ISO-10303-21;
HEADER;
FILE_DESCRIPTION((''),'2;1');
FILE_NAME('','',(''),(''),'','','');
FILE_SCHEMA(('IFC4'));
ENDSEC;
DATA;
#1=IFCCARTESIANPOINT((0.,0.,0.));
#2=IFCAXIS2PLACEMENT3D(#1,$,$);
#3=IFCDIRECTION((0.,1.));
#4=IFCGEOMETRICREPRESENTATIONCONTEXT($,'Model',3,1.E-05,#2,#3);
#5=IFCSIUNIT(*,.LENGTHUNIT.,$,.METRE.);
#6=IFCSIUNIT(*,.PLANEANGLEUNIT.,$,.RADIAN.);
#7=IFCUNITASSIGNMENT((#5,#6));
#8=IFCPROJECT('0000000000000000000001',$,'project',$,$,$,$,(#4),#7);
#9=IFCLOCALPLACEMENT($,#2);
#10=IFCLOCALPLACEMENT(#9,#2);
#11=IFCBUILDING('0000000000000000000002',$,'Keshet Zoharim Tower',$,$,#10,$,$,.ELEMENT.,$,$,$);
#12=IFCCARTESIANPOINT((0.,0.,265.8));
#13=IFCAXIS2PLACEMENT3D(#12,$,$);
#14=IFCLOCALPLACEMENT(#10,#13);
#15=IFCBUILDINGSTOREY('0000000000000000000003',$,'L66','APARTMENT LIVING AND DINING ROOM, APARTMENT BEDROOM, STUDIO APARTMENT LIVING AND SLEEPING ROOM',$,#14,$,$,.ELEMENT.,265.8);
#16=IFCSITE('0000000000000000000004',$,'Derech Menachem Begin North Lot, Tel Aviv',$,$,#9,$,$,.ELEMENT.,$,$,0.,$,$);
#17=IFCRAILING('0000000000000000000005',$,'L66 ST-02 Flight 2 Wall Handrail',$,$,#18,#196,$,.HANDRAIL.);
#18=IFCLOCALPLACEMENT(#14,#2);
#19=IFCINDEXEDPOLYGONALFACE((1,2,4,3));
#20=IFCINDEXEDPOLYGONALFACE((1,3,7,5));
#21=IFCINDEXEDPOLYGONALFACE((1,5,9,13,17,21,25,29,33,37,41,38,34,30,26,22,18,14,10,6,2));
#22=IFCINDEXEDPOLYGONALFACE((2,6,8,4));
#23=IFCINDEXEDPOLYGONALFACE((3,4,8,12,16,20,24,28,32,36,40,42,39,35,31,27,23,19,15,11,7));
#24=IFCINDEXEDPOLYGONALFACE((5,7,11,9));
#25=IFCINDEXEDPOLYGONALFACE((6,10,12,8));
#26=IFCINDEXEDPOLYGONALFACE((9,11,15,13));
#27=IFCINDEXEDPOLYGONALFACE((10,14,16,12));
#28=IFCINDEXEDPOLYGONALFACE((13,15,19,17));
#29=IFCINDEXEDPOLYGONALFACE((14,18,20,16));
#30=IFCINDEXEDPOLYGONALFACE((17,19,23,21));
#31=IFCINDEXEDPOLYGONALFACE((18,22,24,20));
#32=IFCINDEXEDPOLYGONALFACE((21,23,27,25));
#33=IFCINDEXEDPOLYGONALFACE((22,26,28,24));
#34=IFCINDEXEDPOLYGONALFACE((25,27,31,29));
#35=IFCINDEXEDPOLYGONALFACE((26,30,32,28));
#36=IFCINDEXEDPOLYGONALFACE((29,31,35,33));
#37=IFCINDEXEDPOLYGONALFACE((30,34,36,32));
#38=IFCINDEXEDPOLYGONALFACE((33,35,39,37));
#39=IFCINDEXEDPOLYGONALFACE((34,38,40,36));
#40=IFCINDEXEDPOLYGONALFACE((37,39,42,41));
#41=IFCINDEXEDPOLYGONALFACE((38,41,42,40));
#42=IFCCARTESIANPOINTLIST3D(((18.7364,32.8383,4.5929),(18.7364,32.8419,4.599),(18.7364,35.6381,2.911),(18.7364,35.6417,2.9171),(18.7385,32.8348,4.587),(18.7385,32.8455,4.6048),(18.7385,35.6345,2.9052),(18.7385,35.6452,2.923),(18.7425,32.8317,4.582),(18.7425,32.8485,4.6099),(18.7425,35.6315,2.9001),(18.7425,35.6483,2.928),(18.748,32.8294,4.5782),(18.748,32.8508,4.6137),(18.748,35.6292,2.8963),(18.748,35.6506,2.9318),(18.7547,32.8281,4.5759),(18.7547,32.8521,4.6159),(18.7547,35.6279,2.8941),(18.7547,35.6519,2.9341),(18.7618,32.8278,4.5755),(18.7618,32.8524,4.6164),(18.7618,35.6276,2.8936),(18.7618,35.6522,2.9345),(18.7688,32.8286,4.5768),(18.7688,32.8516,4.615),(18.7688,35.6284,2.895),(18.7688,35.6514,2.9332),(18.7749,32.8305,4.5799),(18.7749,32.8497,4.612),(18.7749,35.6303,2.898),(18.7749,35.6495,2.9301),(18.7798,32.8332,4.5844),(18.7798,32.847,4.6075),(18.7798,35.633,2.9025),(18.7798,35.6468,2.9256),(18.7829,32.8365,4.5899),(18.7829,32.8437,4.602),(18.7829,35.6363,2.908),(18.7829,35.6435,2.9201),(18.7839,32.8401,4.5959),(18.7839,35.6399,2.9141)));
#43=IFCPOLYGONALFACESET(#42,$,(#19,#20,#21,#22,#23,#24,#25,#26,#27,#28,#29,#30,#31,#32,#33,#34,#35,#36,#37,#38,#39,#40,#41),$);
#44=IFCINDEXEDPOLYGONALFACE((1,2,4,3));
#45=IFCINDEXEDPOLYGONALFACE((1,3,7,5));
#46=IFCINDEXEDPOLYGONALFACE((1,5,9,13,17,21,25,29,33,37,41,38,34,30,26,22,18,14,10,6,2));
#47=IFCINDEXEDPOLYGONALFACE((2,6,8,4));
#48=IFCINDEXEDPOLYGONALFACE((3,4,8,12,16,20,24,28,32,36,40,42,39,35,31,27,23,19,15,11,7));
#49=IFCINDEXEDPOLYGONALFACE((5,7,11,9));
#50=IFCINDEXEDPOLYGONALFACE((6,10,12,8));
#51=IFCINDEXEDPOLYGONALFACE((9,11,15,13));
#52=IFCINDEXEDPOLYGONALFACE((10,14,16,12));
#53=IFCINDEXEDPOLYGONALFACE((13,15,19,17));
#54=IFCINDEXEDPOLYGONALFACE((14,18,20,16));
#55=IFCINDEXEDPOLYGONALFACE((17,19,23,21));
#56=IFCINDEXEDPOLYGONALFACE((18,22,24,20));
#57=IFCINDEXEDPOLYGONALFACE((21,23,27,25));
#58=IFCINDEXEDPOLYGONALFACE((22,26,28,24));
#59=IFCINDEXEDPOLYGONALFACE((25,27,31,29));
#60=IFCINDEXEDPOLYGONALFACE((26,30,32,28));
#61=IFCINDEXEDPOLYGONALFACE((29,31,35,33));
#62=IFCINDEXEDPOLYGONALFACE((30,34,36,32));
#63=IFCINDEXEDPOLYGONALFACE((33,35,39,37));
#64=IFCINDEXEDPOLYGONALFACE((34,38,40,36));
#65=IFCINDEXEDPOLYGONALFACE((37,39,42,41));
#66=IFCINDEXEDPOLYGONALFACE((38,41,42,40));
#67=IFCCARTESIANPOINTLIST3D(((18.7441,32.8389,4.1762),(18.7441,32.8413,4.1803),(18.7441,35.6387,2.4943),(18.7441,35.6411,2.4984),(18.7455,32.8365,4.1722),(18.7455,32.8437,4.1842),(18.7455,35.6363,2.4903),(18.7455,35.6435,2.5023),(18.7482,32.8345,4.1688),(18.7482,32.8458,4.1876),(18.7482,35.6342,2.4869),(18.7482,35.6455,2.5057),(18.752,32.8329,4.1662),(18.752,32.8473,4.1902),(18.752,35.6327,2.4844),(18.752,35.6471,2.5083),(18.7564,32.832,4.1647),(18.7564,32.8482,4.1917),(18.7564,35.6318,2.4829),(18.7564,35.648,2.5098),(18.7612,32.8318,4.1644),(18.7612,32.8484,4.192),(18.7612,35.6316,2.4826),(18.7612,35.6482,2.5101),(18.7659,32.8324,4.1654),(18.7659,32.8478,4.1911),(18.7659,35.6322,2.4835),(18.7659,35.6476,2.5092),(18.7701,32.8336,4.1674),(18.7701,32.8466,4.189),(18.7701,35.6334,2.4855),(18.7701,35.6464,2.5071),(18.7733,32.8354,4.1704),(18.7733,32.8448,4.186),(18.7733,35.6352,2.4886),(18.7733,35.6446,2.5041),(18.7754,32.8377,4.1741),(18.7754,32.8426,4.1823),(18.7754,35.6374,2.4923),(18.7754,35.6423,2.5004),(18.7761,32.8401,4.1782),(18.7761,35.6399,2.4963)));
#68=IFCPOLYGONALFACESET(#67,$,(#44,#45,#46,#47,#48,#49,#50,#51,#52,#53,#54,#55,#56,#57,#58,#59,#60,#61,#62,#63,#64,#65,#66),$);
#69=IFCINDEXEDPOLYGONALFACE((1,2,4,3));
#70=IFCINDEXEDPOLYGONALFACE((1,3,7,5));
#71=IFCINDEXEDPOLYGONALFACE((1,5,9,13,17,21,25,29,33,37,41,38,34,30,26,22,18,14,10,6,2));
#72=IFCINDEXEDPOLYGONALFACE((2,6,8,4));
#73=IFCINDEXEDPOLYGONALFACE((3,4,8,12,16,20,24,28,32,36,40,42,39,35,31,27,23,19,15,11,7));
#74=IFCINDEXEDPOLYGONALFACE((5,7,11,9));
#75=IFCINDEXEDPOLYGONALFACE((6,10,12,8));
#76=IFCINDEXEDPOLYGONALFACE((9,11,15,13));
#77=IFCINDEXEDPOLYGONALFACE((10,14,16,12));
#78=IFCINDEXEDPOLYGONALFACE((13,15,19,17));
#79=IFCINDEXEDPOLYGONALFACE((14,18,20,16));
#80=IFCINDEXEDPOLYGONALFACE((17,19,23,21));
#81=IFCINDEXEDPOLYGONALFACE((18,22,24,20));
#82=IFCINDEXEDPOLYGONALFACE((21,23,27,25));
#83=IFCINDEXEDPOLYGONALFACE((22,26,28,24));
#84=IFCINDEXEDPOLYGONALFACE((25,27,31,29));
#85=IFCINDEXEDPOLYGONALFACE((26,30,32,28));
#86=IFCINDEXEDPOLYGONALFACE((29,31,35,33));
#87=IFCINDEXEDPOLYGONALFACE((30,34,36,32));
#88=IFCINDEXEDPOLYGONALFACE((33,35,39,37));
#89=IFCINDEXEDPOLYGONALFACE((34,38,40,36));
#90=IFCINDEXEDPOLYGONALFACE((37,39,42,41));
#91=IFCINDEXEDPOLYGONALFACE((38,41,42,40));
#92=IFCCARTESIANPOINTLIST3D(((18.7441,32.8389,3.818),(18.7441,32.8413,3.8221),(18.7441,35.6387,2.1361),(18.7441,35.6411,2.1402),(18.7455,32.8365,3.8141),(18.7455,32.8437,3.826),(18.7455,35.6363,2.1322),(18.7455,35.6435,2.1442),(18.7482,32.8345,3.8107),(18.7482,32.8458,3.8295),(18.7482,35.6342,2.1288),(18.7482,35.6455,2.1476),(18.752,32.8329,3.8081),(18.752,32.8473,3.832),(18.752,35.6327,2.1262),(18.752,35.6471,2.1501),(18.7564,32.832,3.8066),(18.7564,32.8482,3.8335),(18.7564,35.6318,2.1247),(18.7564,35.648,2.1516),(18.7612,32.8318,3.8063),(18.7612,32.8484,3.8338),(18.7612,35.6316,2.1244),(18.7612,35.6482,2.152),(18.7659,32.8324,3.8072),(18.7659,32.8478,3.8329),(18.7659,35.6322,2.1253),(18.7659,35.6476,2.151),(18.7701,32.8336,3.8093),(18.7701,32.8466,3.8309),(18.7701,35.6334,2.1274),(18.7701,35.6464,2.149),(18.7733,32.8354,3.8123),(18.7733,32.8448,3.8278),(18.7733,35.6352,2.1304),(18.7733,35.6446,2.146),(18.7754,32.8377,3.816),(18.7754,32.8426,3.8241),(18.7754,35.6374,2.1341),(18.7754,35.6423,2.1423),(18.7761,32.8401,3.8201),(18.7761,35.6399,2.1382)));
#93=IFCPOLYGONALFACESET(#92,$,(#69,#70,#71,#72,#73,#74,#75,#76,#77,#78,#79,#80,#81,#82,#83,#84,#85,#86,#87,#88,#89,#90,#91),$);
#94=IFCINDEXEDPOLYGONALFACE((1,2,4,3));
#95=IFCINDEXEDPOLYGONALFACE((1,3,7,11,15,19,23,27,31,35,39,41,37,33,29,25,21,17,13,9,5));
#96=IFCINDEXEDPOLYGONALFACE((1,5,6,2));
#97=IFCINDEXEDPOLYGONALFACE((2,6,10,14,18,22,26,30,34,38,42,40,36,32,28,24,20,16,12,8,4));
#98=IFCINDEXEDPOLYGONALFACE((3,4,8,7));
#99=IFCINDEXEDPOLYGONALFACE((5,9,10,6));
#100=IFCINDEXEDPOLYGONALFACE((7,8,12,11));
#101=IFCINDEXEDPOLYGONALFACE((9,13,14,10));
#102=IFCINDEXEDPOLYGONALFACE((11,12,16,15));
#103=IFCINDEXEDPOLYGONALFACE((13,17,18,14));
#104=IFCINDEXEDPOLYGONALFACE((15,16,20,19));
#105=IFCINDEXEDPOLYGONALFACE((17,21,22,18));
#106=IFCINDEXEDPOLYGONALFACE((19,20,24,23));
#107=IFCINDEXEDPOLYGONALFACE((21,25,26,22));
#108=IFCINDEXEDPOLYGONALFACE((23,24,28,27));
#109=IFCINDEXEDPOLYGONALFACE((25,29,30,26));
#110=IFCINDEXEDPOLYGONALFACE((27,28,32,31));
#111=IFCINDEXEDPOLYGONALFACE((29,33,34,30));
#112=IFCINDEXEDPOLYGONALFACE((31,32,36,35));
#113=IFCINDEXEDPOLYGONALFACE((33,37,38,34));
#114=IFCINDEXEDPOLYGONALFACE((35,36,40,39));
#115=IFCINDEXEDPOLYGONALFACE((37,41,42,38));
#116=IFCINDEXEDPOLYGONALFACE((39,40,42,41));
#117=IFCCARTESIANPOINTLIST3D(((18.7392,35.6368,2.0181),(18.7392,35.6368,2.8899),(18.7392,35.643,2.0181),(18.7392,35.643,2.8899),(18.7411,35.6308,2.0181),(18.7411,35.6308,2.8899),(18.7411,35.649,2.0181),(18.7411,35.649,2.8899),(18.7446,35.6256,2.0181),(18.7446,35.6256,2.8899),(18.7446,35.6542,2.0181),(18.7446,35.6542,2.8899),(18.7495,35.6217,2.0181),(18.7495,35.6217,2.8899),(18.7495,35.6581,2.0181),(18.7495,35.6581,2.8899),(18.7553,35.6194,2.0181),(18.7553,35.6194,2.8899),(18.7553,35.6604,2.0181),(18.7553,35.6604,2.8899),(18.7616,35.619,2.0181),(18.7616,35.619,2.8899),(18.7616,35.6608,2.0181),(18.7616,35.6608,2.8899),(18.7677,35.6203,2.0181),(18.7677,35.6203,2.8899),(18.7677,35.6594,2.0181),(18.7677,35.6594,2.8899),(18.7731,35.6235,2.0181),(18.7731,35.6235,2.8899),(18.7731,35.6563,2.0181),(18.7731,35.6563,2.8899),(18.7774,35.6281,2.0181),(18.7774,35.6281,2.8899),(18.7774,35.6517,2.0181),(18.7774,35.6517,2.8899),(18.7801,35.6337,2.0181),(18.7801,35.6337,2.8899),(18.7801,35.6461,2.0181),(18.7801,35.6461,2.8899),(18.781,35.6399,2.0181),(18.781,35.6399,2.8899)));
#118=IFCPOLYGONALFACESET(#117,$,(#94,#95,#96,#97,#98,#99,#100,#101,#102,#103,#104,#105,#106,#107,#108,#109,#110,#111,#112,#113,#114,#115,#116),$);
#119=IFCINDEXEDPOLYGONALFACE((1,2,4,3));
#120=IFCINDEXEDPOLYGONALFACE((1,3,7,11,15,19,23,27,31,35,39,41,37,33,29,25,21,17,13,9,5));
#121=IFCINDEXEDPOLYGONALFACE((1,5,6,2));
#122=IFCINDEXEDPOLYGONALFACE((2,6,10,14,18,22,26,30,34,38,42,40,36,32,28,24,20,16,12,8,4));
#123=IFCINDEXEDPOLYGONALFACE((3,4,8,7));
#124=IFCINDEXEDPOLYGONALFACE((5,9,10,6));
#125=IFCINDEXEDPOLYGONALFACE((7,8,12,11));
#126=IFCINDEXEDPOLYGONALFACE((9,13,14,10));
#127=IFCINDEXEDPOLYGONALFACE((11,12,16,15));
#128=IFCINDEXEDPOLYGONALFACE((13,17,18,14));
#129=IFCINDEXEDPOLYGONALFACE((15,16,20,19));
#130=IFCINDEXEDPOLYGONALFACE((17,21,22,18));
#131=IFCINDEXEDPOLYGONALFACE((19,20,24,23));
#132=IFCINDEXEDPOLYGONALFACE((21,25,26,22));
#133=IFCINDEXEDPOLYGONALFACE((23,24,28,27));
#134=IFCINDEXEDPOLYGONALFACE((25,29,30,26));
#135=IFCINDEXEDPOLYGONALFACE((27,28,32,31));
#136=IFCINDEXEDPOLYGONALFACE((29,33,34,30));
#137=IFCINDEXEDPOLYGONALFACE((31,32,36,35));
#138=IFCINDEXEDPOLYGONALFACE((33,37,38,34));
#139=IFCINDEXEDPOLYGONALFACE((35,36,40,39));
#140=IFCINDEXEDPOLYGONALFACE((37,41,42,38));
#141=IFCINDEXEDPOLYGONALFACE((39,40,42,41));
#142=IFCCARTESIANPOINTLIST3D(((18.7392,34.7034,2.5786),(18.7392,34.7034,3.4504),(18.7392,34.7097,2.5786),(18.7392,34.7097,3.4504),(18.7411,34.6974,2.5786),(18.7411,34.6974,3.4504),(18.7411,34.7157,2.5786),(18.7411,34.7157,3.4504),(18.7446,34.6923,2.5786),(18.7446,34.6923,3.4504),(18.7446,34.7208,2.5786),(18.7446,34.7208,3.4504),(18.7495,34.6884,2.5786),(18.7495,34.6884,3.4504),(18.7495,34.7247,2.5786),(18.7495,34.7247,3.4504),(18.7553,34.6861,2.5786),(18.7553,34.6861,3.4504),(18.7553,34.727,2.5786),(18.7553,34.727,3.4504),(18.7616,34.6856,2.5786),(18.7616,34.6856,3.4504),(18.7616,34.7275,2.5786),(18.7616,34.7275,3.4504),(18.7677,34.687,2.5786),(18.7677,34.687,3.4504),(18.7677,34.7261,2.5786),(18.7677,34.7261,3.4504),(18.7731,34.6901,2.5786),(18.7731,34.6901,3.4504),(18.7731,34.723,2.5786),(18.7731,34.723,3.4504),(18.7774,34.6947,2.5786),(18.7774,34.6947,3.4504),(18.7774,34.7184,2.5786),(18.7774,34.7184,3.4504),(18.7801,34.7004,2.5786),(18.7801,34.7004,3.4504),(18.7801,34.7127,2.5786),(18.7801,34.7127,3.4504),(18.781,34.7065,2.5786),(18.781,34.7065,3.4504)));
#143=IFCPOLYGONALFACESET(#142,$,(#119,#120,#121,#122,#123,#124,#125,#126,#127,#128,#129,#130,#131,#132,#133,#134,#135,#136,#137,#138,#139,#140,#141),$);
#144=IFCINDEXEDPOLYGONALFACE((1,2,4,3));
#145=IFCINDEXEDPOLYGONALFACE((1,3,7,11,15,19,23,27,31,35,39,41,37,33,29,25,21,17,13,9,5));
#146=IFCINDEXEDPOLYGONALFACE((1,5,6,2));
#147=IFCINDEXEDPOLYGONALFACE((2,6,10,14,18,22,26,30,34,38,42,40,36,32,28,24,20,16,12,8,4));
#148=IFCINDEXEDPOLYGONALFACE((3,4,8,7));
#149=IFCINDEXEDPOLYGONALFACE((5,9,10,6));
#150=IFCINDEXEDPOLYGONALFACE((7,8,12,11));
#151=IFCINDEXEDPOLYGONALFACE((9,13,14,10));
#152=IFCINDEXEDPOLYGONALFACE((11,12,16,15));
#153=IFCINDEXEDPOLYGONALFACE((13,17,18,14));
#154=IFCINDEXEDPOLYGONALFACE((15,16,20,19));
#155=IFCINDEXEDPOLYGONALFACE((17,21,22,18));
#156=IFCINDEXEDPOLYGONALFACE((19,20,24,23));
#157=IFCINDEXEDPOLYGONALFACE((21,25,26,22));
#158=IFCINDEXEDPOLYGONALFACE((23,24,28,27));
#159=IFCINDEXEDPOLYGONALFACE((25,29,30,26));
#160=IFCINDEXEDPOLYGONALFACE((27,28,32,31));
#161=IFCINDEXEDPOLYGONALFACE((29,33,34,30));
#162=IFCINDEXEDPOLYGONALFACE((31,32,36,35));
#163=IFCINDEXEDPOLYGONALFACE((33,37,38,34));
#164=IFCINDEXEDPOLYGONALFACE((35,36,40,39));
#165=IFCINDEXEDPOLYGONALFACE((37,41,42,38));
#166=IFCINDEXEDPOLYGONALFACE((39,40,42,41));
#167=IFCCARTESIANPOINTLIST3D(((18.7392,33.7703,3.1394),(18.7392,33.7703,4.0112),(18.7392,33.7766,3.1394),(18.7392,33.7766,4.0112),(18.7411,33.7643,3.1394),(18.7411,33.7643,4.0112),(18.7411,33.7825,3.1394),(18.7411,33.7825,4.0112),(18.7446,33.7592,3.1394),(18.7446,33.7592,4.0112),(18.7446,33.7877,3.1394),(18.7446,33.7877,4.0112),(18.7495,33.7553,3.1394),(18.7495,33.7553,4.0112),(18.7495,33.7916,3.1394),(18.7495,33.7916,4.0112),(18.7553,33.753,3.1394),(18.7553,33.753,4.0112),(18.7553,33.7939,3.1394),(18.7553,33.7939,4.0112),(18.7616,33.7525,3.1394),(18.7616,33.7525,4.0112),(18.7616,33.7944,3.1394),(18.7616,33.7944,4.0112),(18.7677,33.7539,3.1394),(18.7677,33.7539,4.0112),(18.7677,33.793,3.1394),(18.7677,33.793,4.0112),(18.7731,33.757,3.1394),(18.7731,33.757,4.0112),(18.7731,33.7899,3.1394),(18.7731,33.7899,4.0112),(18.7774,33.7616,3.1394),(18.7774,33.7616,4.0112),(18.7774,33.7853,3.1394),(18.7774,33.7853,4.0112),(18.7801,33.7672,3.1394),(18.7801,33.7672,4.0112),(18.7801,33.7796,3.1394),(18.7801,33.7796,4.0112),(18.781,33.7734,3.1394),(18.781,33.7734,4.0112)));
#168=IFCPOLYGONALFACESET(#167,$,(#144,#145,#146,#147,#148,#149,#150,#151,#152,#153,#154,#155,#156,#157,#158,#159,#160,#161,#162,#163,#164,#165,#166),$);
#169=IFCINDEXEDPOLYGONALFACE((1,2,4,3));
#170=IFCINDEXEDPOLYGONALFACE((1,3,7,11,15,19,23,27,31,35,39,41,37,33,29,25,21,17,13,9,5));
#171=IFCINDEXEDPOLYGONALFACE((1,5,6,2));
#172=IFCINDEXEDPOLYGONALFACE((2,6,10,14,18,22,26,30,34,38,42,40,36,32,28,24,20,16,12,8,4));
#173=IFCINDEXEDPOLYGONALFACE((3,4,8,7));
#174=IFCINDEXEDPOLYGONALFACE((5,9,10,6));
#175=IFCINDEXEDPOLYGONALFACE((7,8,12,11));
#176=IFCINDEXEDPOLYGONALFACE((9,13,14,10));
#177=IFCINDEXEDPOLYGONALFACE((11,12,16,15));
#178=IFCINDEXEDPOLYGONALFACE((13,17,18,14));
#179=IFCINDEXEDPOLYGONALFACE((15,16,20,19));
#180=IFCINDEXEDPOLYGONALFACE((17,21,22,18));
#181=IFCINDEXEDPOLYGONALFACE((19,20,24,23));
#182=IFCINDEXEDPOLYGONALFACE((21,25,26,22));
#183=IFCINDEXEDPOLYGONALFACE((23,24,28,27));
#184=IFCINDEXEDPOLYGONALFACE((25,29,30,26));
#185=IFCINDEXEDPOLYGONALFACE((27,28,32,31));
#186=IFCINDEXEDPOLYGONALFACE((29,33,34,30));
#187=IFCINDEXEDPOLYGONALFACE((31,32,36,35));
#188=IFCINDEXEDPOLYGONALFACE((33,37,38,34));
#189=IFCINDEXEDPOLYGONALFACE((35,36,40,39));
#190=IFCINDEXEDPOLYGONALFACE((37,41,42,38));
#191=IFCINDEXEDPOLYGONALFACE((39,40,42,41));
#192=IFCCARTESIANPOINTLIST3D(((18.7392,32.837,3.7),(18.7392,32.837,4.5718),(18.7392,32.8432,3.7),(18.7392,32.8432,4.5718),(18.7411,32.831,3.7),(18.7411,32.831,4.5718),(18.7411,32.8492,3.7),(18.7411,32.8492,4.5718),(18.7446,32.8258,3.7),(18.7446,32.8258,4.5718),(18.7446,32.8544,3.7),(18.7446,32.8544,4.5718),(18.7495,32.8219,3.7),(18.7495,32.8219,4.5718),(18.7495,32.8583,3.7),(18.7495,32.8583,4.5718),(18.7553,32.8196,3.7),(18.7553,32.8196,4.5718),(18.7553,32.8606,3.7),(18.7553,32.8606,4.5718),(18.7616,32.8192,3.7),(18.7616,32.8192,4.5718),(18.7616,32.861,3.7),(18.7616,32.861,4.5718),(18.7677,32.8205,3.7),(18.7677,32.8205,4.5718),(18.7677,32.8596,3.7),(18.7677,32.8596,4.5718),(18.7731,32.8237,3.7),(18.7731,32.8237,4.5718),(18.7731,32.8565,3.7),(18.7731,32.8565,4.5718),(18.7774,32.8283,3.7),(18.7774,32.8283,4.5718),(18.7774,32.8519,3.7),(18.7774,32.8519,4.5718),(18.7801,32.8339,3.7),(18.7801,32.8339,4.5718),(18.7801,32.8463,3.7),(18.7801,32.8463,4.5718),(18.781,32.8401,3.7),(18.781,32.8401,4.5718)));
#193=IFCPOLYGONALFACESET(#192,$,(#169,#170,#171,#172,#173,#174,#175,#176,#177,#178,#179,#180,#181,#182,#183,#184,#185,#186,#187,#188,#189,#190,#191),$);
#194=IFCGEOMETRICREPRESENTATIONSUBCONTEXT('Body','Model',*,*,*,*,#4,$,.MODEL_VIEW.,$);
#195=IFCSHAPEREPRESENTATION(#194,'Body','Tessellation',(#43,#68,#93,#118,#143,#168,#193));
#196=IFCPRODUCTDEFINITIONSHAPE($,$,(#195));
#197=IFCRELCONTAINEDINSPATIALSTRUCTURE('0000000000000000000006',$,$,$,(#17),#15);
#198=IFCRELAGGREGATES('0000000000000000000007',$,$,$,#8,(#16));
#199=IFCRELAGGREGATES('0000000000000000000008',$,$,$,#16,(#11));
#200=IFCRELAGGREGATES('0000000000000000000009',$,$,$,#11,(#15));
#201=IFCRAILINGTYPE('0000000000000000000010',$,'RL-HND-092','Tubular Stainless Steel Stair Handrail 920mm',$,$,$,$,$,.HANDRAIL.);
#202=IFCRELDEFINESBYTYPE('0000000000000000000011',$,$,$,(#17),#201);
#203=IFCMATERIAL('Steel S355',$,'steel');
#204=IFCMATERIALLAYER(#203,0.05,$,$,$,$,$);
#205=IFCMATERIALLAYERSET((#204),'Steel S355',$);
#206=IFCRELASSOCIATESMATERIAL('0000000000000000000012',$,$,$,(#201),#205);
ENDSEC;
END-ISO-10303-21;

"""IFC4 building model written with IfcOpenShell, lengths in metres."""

from ifc_helpers import new_model, si_unit, direction, frame, origin, origin_2d, place, context, subcontext, project, spatial, circle, extrude, material, layer, layer_set, type_object, element, save


model = new_model("IFC4")

# Units and contexts
model_context = context("Model", 3, precision=1e-05, world=origin(), true_north=direction((0.0, 1.0)))
body_context = subcontext(model_context, "Body", "Model", "MODEL_VIEW")
ifc_project = project(units=[si_unit("LENGTHUNIT", "METRE"), si_unit("PLANEANGLEUNIT", "RADIAN")], contexts=[model_context])

# Site, building, storey
site_placement = place(None, origin())
site = spatial("IfcSite", under=ifc_project, at=site_placement, Name="Derech Menachem Begin North Lot, Tel Aviv", CompositionType="ELEMENT", RefElevation=0.0)
building_placement = place(site_placement, origin())
building = spatial("IfcBuilding", under=site, at=building_placement, Name="Keshet Zoharim Tower", CompositionType="ELEMENT")
storey_placement = place(building_placement, frame((0.0, 0.0, 265.8)))
storey = spatial("IfcBuildingStorey", under=building, at=storey_placement, Name="L66", Description="APARTMENT LIVING AND DINING ROOM, APARTMENT BEDROOM, STUDIO APARTMENT LIVING AND SLEEPING ROOM", CompositionType="ELEMENT", Elevation=265.8)

# Shared definitions
ifc_material_1 = material(Name="Steel S355", Category="steel")

# Railing
ifc_layer_1 = layer(ifc_material_1, 0.05)
ifc_layer_set_1 = layer_set([ifc_layer_1], Name="Steel S355")
railing_type_1 = type_object("IfcRailingType", Name="RL-HND-092", Description="Tubular Stainless Steel Stair Handrail 920mm", PredefinedType="HANDRAIL", material=ifc_layer_set_1)
railing_1_placement = place(storey_placement, frame((18.76, 35.6399, 2.0181)))
element("IfcRailing", 1, at=railing_1_placement, inside=storey, type_object=railing_type_1, Name="L66 ST-02 Flight 2 Wall Handrail", PredefinedType="HANDRAIL", context=body_context, shape_type="SweptSolid", body=[
    extrude(circle(Radius=0.0239, at=origin_2d()), frame((0.0, 0.0, 0.896), z_axis=(0.0, -0.857222, 0.514946), x_axis=(1.0, 0.0, 0.0)), (0.0, 0.0, 1.0), 3.2661),
    extrude(circle(Radius=0.0161, at=origin_2d()), frame((0.0, 0.0, 0.4783), z_axis=(0.0, -0.857222, 0.514946), x_axis=(1.0, 0.0, 0.0)), (0.0, 0.0, 1.0), 3.2661),
    extrude(circle(Radius=0.0161, at=origin_2d()), frame((0.0, 0.0, 0.1201), z_axis=(0.0, -0.857222, 0.514946), x_axis=(1.0, 0.0, 0.0)), (0.0, 0.0, 1.0), 3.2661),
    extrude(circle(Radius=0.021, at=origin_2d()), origin(), (0.0, 0.0, 1.0), 0.8718),
    extrude(circle(Radius=0.021, at=origin_2d()), frame((0.0, -0.9333, 0.5605)), (0.0, 0.0, 1.0), 0.8718),
    extrude(circle(Radius=0.021, at=origin_2d()), frame((0.0, -1.8665, 1.1213)), (0.0, 0.0, 1.0), 0.8718),
    extrude(circle(Radius=0.021, at=origin_2d()), frame((0.0, -2.7998, 1.6819)), (0.0, 0.0, 1.0), 0.8718),
])

save(model, "model.ifc")
